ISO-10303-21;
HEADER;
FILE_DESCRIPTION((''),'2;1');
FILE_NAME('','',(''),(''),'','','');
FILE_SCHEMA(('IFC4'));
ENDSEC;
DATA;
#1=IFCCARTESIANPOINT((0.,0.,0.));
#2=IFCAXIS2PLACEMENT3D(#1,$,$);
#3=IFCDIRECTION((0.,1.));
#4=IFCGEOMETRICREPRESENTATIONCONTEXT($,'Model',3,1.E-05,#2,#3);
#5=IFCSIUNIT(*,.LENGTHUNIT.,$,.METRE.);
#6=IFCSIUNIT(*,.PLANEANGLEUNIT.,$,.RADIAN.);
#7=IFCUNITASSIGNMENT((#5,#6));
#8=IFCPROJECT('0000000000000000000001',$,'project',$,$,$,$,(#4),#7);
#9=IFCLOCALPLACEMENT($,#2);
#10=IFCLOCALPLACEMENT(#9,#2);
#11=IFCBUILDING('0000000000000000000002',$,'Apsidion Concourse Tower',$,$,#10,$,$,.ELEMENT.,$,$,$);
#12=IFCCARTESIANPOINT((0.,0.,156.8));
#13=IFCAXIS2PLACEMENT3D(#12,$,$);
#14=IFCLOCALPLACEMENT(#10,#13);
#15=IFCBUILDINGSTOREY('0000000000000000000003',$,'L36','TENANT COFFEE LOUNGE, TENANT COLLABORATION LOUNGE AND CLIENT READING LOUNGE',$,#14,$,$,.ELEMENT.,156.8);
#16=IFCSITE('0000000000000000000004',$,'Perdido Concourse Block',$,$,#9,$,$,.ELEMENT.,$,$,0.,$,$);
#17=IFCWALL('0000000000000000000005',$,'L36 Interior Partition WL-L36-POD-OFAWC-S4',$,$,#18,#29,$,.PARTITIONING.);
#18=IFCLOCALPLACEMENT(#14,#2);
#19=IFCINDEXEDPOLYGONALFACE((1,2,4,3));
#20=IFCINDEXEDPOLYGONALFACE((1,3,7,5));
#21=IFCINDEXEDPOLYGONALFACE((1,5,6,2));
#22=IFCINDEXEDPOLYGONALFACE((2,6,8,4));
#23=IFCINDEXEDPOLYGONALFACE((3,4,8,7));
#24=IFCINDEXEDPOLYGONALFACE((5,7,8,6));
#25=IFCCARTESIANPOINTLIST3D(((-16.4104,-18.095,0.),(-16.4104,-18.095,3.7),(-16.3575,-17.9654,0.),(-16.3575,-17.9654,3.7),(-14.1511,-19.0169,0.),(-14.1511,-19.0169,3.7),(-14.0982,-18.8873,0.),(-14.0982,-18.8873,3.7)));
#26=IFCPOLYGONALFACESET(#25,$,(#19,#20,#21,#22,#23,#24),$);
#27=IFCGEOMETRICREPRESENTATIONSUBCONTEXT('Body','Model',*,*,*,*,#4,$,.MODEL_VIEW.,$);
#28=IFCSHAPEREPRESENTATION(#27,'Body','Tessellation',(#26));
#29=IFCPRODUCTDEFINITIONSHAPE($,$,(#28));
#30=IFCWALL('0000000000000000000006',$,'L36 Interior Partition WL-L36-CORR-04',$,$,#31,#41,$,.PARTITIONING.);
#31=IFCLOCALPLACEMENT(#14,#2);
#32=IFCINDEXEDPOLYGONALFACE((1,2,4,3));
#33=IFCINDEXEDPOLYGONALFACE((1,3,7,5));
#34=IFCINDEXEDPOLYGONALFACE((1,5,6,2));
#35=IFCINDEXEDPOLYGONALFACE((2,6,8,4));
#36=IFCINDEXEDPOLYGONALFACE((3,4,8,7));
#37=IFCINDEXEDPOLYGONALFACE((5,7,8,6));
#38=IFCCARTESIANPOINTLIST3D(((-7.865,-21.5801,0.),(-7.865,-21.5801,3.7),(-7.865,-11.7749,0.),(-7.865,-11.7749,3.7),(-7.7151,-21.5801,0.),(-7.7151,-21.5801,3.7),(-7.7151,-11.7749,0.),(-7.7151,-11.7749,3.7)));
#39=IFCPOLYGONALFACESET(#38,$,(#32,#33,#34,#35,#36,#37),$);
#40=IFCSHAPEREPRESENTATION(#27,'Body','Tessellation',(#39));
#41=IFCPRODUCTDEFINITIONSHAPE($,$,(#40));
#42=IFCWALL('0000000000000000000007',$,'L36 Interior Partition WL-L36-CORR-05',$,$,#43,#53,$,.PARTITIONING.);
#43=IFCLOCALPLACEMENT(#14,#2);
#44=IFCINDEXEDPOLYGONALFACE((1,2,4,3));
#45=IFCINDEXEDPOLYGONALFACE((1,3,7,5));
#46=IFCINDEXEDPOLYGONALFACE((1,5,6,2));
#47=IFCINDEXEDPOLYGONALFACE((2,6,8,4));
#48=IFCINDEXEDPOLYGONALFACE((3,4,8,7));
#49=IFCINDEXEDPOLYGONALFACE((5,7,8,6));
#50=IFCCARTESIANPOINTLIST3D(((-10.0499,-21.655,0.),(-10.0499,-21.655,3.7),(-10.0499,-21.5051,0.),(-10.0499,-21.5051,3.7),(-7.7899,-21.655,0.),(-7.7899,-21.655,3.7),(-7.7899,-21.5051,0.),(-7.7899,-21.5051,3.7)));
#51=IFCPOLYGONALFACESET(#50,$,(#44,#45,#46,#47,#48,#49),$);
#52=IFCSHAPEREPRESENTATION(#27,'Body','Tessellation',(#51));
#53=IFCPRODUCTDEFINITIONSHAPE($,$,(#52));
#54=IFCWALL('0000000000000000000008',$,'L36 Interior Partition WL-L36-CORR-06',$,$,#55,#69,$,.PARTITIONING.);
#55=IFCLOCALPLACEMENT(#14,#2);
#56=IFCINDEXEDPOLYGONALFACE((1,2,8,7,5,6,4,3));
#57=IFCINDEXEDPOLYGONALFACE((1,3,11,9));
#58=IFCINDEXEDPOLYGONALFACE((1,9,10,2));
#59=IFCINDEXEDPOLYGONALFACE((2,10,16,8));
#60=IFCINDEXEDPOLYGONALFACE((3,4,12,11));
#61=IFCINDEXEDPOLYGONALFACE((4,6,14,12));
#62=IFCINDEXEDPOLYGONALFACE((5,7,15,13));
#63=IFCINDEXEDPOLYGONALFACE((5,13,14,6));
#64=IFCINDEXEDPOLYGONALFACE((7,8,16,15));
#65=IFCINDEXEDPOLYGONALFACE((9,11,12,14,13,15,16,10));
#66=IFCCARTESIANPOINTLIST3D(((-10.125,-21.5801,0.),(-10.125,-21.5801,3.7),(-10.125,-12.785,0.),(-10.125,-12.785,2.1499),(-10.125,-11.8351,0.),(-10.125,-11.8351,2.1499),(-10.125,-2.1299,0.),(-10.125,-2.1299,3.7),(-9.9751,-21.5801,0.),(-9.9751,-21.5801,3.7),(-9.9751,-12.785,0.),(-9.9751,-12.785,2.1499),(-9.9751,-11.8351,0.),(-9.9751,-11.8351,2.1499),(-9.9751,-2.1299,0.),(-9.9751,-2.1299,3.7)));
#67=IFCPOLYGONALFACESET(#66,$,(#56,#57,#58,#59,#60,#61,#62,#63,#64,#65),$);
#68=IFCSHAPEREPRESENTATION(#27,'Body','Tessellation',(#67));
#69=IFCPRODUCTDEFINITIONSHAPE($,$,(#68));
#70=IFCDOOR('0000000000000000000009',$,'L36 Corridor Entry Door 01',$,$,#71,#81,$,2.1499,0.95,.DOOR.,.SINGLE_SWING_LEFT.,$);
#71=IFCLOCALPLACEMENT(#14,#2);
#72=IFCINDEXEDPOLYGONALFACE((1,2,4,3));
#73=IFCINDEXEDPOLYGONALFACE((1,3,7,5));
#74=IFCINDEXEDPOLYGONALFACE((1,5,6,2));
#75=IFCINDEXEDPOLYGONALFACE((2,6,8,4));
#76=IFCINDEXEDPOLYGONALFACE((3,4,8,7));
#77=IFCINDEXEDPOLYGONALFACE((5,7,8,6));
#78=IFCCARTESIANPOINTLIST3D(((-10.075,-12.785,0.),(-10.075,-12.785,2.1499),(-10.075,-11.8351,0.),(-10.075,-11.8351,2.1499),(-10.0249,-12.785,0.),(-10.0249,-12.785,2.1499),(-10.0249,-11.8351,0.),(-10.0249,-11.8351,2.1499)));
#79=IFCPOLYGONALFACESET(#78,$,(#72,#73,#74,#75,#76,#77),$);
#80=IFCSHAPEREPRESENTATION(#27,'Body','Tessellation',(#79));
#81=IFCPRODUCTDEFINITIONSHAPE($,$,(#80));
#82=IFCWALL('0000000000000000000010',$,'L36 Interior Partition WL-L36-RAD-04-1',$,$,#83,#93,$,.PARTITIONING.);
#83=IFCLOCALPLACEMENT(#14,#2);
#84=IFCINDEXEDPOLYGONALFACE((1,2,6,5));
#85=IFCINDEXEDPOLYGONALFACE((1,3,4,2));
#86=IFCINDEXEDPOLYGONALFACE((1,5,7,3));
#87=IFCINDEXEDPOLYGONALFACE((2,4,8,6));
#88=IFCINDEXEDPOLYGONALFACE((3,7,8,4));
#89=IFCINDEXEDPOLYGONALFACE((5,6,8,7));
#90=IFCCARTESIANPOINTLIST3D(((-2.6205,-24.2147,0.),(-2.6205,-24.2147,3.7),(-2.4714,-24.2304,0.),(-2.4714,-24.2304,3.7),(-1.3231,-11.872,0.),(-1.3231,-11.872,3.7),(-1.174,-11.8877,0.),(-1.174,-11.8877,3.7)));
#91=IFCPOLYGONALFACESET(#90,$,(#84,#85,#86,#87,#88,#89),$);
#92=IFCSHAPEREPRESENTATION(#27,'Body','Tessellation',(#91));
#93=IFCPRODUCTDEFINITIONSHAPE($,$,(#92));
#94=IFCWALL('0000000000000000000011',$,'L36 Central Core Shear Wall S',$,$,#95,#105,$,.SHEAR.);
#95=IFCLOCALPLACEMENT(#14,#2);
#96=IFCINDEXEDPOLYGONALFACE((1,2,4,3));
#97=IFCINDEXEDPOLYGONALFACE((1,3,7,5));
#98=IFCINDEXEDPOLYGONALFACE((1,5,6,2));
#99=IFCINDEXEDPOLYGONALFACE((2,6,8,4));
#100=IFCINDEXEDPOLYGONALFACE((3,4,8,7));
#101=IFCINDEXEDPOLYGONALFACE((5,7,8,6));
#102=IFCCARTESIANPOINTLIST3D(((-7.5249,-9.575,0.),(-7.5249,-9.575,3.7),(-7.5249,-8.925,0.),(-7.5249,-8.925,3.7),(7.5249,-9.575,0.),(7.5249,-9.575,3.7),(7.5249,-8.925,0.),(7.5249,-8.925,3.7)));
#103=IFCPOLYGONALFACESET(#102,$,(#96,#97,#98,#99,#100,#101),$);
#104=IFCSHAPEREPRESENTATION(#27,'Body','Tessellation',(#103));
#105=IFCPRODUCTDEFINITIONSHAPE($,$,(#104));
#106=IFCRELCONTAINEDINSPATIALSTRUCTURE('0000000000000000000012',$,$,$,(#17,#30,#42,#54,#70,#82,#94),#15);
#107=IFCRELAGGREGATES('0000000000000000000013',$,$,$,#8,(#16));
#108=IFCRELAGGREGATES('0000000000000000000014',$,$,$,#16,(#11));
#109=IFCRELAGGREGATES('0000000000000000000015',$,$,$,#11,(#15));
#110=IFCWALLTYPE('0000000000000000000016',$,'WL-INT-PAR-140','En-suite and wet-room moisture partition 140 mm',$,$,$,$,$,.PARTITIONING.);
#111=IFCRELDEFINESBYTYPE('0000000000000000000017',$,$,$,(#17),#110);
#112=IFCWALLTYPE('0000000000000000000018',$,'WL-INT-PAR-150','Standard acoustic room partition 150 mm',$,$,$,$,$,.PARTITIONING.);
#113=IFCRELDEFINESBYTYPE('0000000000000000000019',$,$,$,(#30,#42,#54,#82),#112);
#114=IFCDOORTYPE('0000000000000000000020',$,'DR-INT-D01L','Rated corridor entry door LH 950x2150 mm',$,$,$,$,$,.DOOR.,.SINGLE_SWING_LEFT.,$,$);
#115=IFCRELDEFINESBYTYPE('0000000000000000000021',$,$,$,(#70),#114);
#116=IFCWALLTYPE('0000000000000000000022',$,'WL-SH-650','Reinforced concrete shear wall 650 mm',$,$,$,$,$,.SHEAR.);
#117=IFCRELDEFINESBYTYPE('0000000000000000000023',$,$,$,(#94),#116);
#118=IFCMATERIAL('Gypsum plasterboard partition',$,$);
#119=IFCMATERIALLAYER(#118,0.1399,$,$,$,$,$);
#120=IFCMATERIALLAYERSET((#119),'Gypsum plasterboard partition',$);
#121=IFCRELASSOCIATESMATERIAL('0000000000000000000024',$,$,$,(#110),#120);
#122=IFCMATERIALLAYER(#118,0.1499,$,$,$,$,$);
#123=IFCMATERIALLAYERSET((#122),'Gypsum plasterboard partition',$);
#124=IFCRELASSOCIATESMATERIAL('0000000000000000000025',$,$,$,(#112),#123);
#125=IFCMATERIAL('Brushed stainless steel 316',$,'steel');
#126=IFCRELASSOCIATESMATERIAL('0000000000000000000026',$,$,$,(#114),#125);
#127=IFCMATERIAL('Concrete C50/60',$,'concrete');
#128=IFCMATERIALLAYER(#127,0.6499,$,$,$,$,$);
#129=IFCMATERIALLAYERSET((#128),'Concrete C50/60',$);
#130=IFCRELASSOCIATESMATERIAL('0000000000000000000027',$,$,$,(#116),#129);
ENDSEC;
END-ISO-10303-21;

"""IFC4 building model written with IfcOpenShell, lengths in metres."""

from ifc_helpers import new_model, si_unit, direction, frame, frame_2d, origin, place, context, subcontext, project, spatial, rectangle, extrude, material, layer, layer_set, type_object, element, fill, save


model = new_model("IFC4")

# Units and contexts
model_context = context("Model", 3, precision=1e-05, world=origin(), true_north=direction((0.0, 1.0)))
body_context = subcontext(model_context, "Body", "Model", "MODEL_VIEW")
ifc_project = project(units=[si_unit("LENGTHUNIT", "METRE"), si_unit("PLANEANGLEUNIT", "RADIAN")], contexts=[model_context])

# Site, building, storey
site_placement = place(None, origin())
site = spatial("IfcSite", under=ifc_project, at=site_placement, Name="Perdido Concourse Block", CompositionType="ELEMENT", RefElevation=0.0)
building_placement = place(site_placement, origin())
building = spatial("IfcBuilding", under=site, at=building_placement, Name="Apsidion Concourse Tower", CompositionType="ELEMENT")
storey_placement = place(building_placement, frame((0.0, 0.0, 156.8)))
storey = spatial("IfcBuildingStorey", under=building, at=storey_placement, Name="L36", Description="TENANT COFFEE LOUNGE, TENANT COLLABORATION LOUNGE AND CLIENT READING LOUNGE", CompositionType="ELEMENT", Elevation=156.8)

# Shared definitions
ifc_material_1 = material(Name="Gypsum plasterboard partition")
ifc_layer_1 = layer(ifc_material_1, 0.1399)
ifc_layer_set_1 = layer_set([ifc_layer_1], Name="Gypsum plasterboard partition")
wall_type_1 = type_object("IfcWallType", Name="WL-INT-PAR-140", Description="En-suite and wet-room moisture partition 140 mm", PredefinedType="PARTITIONING", material=ifc_layer_set_1)

# Walls
wall_1_placement = place(storey_placement, frame((-14.1245, -18.9521, 0.0), z_axis=(0.0, 0.0, 1.0), x_axis=(-0.925888, 0.377799, 0.0)))
element("IfcWall", 1, at=wall_1_placement, inside=storey, type_object=wall_type_1, Name="L36 Interior Partition WL-L36-POD-OFAWC-S4", PredefinedType="PARTITIONING", context=body_context, shape_type="SweptSolid", body=[
    extrude(rectangle(XDim=2.4402, YDim=0.1399, at=frame_2d((1.2202, 0.0))), origin(), (0.0, 0.0, 1.0), 3.7),
])
ifc_layer_2 = layer(ifc_material_1, 0.1499)
ifc_layer_set_2 = layer_set([ifc_layer_2], Name="Gypsum plasterboard partition")
wall_type_2 = type_object("IfcWallType", Name="WL-INT-PAR-150", Description="Standard acoustic room partition 150 mm", PredefinedType="PARTITIONING", material=ifc_layer_set_2)
wall_2_placement = place(storey_placement, frame((-7.79, -11.7749, 0.0), z_axis=(0.0, 0.0, 1.0), x_axis=(0.0, -1.0, 0.0)))
element("IfcWall", 2, at=wall_2_placement, inside=storey, type_object=wall_type_2, Name="L36 Interior Partition WL-L36-CORR-04", PredefinedType="PARTITIONING", context=body_context, shape_type="SweptSolid", body=[
    extrude(rectangle(XDim=9.8052, YDim=0.1499, at=frame_2d((4.9026, 0.0))), origin(), (0.0, 0.0, 1.0), 3.7),
])
wall_3_placement = place(storey_placement, frame((-7.79, -21.5801, 0.0), z_axis=(0.0, 0.0, 1.0), x_axis=(-1.0, 0.0, 0.0)))
element("IfcWall", 3, at=wall_3_placement, inside=storey, type_object=wall_type_2, Name="L36 Interior Partition WL-L36-CORR-05", PredefinedType="PARTITIONING", context=body_context, shape_type="SweptSolid", body=[
    extrude(rectangle(XDim=2.26, YDim=0.1499, at=frame_2d((1.1299, 0.0))), origin(), (0.0, 0.0, 1.0), 3.7),
])

# Wall, opening, door
wall_4_placement = place(storey_placement, frame((-10.05, -21.5801, 0.0), z_axis=(0.0, 0.0, 1.0), x_axis=(0.0, 1.0, 0.0)))
wall_4 = element("IfcWall", 4, at=wall_4_placement, inside=storey, type_object=wall_type_2, Name="L36 Interior Partition WL-L36-CORR-06", PredefinedType="PARTITIONING", context=body_context, shape_type="SweptSolid", body=[
    extrude(rectangle(XDim=19.4502, YDim=0.1499, at=frame_2d((9.7251, 0.0))), origin(), (0.0, 0.0, 1.0), 3.7),
])
opening_1_placement = place(wall_4_placement, frame((8.7949, 0.0, 0.0)))
opening_1 = element("IfcOpeningElement", 5, at=opening_1_placement, cuts=wall_4, PredefinedType="OPENING", context=body_context, shape_type="SweptSolid", body=[
    extrude(rectangle(XDim=0.95, YDim=2.1499, at=frame_2d((0.4751, 1.075))), frame((0.0, 0.085, 0.0), z_axis=(0.0, -1.0, 0.0), x_axis=(1.0, 0.0, 0.0)), (0.0, 0.0, 1.0), 0.1699),
])
ifc_material_2 = material(Name="Brushed stainless steel 316", Category="steel")
door_type_1 = type_object("IfcDoorType", Name="DR-INT-D01L", Description="Rated corridor entry door LH 950x2150 mm", OperationType="SINGLE_SWING_LEFT", PredefinedType="DOOR", material=ifc_material_2)
door_1_placement = place(opening_1_placement, origin())
door_1 = element("IfcDoor", 6, at=door_1_placement, inside=storey, type_object=door_type_1, Name="L36 Corridor Entry Door 01", OperationType="SINGLE_SWING_LEFT", OverallHeight=2.1499, OverallWidth=0.95, PredefinedType="DOOR", context=body_context, shape_type="SweptSolid", body=[
    extrude(rectangle(XDim=0.95, YDim=2.1499, at=frame_2d((0.4751, 1.075))), frame((0.0, 0.0249, 0.0), z_axis=(0.0, -1.0, 0.0), x_axis=(1.0, 0.0, 0.0)), (0.0, 0.0, 1.0), 0.05),
])
fill(opening_1, door_1)

# Walls
wall_5_placement = place(storey_placement, frame((-1.2485, -11.8799, 0.0), z_axis=(0.0, 0.0, 1.0), x_axis=(-0.104537, -0.994521, 0.0)))
element("IfcWall", 7, at=wall_5_placement, inside=storey, type_object=wall_type_2, Name="L36 Interior Partition WL-L36-RAD-04-1", PredefinedType="PARTITIONING", context=body_context, shape_type="SweptSolid", body=[
    extrude(rectangle(XDim=12.4106, YDim=0.1499, at=frame_2d((6.2053, 0.0))), origin(), (0.0, 0.0, 1.0), 3.7),
])
ifc_material_3 = material(Name="Concrete C50/60", Category="concrete")
ifc_layer_3 = layer(ifc_material_3, 0.6499)
ifc_layer_set_3 = layer_set([ifc_layer_3], Name="Concrete C50/60")
wall_type_3 = type_object("IfcWallType", Name="WL-SH-650", Description="Reinforced concrete shear wall 650 mm", PredefinedType="SHEAR", material=ifc_layer_set_3)
wall_6_placement = place(storey_placement, frame((-7.5249, -9.25, 0.0), z_axis=(0.0, 0.0, 1.0), x_axis=(1.0, 0.0, 0.0)))
element("IfcWall", 8, at=wall_6_placement, inside=storey, type_object=wall_type_3, Name="L36 Central Core Shear Wall S", PredefinedType="SHEAR", context=body_context, shape_type="SweptSolid", body=[
    extrude(rectangle(XDim=15.0498, YDim=0.6499, at=frame_2d((7.5249, 0.0))), origin(), (0.0, 0.0, 1.0), 3.7),
])

save(model, "model.ifc")
